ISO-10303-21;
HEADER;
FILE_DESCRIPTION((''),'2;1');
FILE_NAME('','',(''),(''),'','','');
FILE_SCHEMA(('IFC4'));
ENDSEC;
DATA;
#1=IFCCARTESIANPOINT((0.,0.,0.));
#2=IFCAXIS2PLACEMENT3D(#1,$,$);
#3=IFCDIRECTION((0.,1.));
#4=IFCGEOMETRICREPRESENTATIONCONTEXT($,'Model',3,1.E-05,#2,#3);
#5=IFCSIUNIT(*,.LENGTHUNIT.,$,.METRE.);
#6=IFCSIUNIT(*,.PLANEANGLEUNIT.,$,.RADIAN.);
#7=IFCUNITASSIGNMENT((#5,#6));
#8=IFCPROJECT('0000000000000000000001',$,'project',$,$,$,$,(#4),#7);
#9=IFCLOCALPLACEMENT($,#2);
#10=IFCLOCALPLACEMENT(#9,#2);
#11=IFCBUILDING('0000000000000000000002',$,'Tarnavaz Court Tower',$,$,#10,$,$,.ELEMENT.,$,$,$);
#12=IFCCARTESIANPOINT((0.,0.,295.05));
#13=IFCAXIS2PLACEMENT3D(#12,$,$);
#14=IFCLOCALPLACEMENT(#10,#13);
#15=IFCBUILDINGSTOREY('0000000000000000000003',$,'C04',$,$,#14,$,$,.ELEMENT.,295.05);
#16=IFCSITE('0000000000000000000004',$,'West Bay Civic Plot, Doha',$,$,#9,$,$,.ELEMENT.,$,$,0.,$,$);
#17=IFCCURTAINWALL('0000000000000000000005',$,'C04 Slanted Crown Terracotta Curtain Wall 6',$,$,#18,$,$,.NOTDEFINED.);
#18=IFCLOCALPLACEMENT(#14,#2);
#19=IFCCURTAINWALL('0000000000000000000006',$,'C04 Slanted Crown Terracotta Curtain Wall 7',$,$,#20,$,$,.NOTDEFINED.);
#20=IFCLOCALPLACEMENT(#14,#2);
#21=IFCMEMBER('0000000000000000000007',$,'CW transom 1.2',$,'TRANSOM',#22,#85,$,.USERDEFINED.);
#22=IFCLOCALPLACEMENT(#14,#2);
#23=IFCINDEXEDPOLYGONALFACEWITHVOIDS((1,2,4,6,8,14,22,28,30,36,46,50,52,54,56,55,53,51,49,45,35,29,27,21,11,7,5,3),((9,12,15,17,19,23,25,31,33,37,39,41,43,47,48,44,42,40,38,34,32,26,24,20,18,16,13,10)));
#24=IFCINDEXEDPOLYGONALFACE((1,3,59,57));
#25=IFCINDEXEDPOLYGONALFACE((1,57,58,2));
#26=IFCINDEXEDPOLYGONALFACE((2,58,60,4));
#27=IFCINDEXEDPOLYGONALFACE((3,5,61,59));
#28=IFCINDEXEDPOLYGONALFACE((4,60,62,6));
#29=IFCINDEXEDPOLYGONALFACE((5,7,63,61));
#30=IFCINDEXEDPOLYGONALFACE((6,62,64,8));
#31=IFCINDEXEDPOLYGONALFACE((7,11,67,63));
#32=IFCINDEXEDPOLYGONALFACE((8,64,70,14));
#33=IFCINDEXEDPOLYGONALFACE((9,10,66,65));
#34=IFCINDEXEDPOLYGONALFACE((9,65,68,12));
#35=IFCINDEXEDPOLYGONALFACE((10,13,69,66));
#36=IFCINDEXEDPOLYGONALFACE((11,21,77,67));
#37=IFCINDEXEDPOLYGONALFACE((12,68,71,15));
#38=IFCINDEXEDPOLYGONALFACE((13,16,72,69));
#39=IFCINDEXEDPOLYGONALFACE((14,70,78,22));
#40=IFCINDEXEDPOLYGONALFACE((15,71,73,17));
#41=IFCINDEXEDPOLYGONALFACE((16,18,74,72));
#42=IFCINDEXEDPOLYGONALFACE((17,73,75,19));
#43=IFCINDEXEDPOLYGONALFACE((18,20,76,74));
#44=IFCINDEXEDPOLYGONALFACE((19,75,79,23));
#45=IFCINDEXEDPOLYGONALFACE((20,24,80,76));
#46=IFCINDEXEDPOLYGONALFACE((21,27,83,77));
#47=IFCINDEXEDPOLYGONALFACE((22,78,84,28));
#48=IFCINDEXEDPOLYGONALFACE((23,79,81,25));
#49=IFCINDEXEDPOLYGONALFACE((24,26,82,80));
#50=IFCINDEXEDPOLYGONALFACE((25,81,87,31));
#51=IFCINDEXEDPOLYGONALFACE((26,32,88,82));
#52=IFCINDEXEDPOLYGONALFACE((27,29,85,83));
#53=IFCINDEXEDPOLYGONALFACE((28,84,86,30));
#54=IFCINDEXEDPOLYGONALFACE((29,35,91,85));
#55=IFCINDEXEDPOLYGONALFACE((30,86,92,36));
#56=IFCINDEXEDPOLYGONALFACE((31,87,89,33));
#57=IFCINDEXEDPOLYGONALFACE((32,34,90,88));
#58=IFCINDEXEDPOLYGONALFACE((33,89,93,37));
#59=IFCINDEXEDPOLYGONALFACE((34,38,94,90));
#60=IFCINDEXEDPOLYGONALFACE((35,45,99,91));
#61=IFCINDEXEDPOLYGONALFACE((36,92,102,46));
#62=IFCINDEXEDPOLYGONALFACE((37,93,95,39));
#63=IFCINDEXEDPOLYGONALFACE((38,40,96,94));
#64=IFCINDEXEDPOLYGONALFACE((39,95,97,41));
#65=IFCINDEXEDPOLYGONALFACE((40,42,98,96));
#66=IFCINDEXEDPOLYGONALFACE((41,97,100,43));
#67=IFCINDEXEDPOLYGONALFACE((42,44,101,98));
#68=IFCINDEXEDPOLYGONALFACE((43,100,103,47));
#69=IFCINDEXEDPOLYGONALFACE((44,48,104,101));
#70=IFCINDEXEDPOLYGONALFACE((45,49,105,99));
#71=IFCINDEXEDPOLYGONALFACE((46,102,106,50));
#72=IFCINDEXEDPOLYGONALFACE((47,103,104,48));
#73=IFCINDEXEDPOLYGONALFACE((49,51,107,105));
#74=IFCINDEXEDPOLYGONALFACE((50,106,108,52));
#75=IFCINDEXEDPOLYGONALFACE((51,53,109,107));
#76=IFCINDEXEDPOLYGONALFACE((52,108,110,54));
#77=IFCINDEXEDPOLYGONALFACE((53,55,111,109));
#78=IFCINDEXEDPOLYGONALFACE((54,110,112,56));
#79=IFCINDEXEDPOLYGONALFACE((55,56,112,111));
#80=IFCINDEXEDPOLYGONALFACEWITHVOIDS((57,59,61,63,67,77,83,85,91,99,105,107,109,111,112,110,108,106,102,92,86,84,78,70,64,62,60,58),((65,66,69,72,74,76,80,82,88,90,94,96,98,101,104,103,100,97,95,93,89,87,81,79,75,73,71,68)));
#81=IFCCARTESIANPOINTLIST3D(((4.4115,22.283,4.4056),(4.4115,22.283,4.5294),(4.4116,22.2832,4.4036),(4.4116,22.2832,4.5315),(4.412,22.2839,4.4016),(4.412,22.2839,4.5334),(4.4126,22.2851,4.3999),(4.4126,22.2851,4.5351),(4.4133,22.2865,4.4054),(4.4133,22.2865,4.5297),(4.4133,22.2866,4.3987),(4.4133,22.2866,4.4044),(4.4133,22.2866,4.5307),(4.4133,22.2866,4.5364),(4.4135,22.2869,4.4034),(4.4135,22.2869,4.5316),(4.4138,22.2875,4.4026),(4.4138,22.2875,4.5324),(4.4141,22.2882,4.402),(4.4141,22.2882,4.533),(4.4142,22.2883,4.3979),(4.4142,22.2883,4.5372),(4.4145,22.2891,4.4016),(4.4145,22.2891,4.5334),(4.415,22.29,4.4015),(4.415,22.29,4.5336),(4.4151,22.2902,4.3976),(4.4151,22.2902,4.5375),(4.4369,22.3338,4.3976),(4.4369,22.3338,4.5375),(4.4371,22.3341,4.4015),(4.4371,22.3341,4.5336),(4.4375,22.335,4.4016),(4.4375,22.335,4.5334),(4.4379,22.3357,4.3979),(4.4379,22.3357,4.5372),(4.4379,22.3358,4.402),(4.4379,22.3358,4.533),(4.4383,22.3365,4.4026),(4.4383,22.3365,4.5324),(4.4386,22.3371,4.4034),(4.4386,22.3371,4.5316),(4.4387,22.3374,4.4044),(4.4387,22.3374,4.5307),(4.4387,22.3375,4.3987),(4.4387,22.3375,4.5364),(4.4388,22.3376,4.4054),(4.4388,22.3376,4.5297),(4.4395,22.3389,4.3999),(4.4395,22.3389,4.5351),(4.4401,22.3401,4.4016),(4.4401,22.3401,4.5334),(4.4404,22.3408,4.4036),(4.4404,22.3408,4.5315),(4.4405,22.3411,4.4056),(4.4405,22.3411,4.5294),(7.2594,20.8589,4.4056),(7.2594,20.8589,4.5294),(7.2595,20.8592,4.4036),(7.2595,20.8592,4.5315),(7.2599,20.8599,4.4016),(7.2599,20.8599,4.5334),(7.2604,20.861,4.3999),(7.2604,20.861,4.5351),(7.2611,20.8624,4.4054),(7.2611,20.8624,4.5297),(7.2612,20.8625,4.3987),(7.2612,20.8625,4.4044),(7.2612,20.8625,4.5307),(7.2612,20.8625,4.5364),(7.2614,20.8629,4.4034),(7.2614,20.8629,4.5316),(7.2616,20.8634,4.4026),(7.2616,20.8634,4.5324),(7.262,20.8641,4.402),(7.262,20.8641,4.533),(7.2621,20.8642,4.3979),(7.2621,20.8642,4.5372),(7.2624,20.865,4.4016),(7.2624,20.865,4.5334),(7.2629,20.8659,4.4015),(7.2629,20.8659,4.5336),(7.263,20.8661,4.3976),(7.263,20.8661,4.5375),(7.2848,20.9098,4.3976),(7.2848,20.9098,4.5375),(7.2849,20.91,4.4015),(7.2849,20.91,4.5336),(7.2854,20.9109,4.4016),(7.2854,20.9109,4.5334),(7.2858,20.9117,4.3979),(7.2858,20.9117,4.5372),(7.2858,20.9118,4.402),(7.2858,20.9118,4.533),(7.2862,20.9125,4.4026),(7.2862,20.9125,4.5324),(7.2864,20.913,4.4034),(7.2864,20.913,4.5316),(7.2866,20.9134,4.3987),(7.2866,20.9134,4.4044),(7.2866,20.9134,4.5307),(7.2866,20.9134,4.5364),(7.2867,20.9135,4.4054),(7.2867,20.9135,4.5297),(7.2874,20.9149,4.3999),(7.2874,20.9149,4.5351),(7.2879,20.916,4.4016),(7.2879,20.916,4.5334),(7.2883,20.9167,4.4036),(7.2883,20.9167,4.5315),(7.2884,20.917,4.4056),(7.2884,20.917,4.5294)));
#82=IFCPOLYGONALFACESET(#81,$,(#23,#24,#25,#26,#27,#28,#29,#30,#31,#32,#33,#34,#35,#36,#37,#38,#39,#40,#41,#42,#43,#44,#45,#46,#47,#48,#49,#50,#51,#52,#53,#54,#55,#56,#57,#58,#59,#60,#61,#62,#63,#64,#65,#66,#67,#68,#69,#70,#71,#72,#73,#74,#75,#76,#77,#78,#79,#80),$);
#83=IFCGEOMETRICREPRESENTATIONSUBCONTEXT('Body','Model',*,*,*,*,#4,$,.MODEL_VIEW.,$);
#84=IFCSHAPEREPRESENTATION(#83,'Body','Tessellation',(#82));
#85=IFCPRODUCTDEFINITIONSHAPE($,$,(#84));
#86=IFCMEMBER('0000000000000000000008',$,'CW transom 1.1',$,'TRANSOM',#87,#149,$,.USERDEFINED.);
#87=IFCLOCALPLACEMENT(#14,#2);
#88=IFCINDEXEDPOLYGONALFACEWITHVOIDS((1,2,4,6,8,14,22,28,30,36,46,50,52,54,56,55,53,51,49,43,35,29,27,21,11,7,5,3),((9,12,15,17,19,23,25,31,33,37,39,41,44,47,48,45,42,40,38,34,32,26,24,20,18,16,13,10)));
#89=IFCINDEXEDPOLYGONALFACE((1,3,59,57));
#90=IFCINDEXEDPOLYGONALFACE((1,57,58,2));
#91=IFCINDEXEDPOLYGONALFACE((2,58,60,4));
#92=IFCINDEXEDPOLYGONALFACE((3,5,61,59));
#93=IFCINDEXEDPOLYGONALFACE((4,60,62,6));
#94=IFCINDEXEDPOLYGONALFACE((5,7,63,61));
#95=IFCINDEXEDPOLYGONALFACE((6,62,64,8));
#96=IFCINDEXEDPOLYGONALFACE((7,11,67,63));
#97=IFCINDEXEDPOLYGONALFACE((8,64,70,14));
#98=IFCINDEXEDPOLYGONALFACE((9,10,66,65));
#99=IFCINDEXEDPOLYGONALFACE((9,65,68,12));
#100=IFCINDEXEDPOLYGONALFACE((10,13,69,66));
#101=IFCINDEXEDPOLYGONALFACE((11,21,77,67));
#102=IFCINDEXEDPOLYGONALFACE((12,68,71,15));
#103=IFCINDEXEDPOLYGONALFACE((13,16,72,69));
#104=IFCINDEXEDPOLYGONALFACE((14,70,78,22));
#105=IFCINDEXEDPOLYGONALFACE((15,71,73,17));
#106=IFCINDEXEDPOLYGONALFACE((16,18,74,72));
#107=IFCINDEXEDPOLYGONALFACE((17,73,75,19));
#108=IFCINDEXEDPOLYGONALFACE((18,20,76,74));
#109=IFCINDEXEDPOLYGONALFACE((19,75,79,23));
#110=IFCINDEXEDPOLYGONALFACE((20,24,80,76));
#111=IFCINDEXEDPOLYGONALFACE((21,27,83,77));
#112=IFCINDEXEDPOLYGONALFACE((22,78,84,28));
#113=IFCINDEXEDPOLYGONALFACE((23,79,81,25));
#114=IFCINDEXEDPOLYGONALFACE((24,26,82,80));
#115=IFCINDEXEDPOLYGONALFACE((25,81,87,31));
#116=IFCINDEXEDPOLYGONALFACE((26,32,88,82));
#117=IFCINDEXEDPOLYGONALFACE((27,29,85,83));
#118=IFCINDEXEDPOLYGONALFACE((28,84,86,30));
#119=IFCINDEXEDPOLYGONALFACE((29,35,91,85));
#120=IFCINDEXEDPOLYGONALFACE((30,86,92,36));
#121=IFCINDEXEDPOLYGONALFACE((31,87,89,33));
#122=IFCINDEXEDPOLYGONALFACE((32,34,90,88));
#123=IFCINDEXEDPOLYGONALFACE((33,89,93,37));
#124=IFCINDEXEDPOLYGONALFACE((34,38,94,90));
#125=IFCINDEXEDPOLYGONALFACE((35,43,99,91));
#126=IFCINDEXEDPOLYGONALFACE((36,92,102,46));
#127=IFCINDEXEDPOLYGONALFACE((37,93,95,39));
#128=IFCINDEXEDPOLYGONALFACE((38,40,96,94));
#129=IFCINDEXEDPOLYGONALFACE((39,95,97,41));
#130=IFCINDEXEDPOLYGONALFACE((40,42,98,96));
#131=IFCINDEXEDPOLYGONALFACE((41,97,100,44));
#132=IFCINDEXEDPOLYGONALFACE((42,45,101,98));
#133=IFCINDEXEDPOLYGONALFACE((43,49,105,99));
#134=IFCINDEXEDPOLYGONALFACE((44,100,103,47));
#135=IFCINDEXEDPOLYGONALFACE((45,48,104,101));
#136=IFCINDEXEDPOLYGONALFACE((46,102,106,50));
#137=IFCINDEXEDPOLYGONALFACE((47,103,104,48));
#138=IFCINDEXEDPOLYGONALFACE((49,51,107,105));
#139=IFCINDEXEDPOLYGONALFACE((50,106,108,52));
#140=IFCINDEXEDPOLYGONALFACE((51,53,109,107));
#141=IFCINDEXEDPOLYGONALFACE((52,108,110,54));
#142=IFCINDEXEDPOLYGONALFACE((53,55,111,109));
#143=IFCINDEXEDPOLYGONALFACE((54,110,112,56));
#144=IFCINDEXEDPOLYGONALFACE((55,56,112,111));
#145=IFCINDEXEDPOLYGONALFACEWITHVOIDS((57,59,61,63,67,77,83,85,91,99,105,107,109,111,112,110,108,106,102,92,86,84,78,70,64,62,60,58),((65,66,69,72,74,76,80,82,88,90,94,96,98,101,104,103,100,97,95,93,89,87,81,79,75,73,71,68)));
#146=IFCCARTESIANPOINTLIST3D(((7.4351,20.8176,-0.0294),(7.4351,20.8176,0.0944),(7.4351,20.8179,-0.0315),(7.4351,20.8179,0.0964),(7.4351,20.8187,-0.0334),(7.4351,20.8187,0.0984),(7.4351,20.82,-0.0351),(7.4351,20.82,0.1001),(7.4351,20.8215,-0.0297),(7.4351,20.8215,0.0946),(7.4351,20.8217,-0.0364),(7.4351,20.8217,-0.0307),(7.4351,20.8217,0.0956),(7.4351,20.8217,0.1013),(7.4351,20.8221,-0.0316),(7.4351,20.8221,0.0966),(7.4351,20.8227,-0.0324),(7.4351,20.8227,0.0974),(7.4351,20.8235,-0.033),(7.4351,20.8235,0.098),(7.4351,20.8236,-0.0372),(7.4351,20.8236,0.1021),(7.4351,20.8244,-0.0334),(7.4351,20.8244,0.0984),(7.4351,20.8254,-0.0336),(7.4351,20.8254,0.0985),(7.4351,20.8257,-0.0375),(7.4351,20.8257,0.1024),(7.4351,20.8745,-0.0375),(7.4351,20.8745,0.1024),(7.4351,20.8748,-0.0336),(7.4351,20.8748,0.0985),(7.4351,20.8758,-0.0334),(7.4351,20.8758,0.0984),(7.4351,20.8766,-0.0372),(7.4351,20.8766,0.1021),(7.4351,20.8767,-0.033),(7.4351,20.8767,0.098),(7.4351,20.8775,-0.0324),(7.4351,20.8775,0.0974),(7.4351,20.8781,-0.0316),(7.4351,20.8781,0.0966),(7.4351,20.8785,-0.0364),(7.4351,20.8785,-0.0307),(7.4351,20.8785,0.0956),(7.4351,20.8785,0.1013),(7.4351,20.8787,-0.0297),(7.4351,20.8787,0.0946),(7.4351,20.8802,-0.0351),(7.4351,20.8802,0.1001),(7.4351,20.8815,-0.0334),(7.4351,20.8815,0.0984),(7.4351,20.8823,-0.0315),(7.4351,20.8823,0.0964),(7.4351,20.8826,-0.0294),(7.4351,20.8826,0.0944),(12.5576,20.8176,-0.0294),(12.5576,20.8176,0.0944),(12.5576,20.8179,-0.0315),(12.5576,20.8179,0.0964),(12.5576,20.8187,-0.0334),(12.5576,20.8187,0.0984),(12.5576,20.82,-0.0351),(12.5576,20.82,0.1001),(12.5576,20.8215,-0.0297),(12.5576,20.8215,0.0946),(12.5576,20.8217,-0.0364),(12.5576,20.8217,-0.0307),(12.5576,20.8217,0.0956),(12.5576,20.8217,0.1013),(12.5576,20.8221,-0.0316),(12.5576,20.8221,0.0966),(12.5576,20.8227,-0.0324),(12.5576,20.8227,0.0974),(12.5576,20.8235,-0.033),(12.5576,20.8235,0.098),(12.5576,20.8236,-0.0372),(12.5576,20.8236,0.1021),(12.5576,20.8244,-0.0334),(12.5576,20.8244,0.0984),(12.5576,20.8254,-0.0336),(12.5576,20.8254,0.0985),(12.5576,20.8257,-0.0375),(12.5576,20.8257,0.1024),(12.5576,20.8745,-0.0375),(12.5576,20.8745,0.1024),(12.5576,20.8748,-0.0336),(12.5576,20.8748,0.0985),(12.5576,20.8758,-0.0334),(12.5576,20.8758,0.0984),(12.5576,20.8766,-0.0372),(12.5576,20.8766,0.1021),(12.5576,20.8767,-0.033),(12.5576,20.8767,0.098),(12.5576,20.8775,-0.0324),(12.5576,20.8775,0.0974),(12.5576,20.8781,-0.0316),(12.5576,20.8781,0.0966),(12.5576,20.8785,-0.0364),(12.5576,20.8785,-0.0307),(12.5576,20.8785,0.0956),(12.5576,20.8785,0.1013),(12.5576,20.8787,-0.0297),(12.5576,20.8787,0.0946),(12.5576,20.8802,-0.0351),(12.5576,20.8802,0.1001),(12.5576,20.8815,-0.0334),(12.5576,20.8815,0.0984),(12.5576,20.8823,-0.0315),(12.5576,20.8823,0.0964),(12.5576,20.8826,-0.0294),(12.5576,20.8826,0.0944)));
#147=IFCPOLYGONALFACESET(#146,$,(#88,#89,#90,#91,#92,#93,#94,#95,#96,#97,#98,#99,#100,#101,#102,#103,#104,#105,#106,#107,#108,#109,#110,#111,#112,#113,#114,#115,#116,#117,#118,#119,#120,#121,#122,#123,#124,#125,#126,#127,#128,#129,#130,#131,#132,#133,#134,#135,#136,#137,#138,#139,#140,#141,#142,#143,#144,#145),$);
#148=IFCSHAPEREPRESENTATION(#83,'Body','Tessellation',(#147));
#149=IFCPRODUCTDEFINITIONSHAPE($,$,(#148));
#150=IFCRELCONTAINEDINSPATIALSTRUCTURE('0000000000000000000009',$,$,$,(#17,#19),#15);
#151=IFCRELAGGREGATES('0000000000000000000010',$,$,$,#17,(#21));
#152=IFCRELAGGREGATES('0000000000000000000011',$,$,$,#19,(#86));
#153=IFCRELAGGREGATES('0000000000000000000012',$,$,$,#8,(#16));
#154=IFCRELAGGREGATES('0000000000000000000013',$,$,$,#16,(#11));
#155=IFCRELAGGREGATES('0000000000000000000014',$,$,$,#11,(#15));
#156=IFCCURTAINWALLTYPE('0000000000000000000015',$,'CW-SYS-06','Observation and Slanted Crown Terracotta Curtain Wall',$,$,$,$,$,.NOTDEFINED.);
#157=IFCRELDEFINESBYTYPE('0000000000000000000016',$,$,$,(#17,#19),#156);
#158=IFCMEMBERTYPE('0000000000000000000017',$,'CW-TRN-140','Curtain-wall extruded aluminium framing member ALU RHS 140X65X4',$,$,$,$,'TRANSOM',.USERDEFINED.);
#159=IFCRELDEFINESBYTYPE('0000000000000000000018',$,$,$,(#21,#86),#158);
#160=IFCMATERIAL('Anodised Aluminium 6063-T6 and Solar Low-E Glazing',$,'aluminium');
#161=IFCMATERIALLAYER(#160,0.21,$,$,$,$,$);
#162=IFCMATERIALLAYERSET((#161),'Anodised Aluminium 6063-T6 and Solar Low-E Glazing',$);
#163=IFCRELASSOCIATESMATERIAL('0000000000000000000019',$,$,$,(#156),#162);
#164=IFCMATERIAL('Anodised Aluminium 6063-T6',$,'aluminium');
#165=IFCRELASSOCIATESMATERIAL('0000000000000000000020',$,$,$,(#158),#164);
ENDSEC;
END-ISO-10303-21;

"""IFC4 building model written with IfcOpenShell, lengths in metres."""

from ifc_helpers import new_model, si_unit, direction, frame, origin, origin_2d, place, context, subcontext, project, spatial, hollow_rectangle, extrude, material, layer, layer_set, material_profile, profile_set, type_object, element, aggregate, save


model = new_model("IFC4")

# Units and contexts
model_context = context("Model", 3, precision=1e-05, world=origin(), true_north=direction((0.0, 1.0)))
body_context = subcontext(model_context, "Body", "Model", "MODEL_VIEW")
ifc_project = project(units=[si_unit("LENGTHUNIT", "METRE"), si_unit("PLANEANGLEUNIT", "RADIAN")], contexts=[model_context])

# Site, building, storey
site_placement = place(None, origin())
site = spatial("IfcSite", under=ifc_project, at=site_placement, Name="West Bay Civic Plot, Doha", CompositionType="ELEMENT", RefElevation=0.0)
building_placement = place(site_placement, origin())
building = spatial("IfcBuilding", under=site, at=building_placement, Name="Tarnavaz Court Tower", CompositionType="ELEMENT")
storey_placement = place(building_placement, frame((0.0, 0.0, 295.05)))
storey = spatial("IfcBuildingStorey", under=building, at=storey_placement, Name="C04", CompositionType="ELEMENT", Elevation=295.05)

# Shared definitions
ifc_material_1 = material(Name="Anodised Aluminium 6063-T6 and Solar Low-E Glazing", Category="aluminium")
ifc_layer_1 = layer(ifc_material_1, 0.21)
ifc_layer_set_1 = layer_set([ifc_layer_1], Name="Anodised Aluminium 6063-T6 and Solar Low-E Glazing")
curtain_wall_type = type_object("IfcCurtainWallType", Name="CW-SYS-06", Description="Observation and Slanted Crown Terracotta Curtain Wall", PredefinedType="NOTDEFINED", material=ifc_layer_set_1)
ifc_material_2 = material(Name="Anodised Aluminium 6063-T6", Category="aluminium")

# Curtain walls
curtain_wall_1_placement = place(storey_placement, origin())
curtain_wall_1 = element("IfcCurtainWall", 1, at=curtain_wall_1_placement, inside=storey, type_object=curtain_wall_type, Name="C04 Slanted Crown Terracotta Curtain Wall 6", PredefinedType="NOTDEFINED")
curtain_wall_2_placement = place(storey_placement, origin())
curtain_wall_2 = element("IfcCurtainWall", 2, at=curtain_wall_2_placement, inside=storey, type_object=curtain_wall_type, Name="C04 Slanted Crown Terracotta Curtain Wall 7", PredefinedType="NOTDEFINED")

# Members
ifc_material_profile_1 = material_profile(ifc_material_2, hollow_rectangle(XDim=0.0649, YDim=0.1399, WallThickness=0.0039, InnerFilletRadius=0.0039, OuterFilletRadius=0.0081, at=origin_2d()), Name="ALU RHS 140X65X4")
ifc_profile_set_1 = profile_set([ifc_material_profile_1], Name="Anodised Aluminium 6063-T6")
member_type_1 = type_object("IfcMemberType", Name="CW-TRN-140", Description="Curtain-wall extruded aluminium framing member ALU RHS 140X65X4", ElementType="TRANSOM", PredefinedType="USERDEFINED", material=ifc_profile_set_1)
member_1_placement = place(storey_placement, frame((4.426, 22.312, 4.4675), z_axis=(0.894412, -0.447244, 0.0), x_axis=(0.447244, 0.894412, 0.0)))
member_1 = element("IfcMember", 3, at=member_1_placement, type_object=member_type_1, Name="CW transom 1.2", ObjectType="TRANSOM", PredefinedType="USERDEFINED", context=body_context, shape_type="SweptSolid", body=[
    extrude(hollow_rectangle(XDim=0.0649, YDim=0.1399, WallThickness=0.0039, InnerFilletRadius=0.0039, OuterFilletRadius=0.0081, at=origin_2d()), origin(), (0.0, 0.0, 1.0), 3.1841),
])
member_2_placement = place(storey_placement, frame((7.4351, 20.8501, 0.0325), z_axis=(1.0, 0.0, 0.0), x_axis=(0.0, 1.0, 0.0)))
member_2 = element("IfcMember", 4, at=member_2_placement, type_object=member_type_1, Name="CW transom 1.1", ObjectType="TRANSOM", PredefinedType="USERDEFINED", context=body_context, shape_type="SweptSolid", body=[
    extrude(hollow_rectangle(XDim=0.0649, YDim=0.1399, WallThickness=0.0039, InnerFilletRadius=0.0039, OuterFilletRadius=0.0081, at=origin_2d()), origin(), (0.0, 0.0, 1.0), 5.1226),
])

aggregate(curtain_wall_1, [member_1])
aggregate(curtain_wall_2, [member_2])

save(model, "model.ifc")
